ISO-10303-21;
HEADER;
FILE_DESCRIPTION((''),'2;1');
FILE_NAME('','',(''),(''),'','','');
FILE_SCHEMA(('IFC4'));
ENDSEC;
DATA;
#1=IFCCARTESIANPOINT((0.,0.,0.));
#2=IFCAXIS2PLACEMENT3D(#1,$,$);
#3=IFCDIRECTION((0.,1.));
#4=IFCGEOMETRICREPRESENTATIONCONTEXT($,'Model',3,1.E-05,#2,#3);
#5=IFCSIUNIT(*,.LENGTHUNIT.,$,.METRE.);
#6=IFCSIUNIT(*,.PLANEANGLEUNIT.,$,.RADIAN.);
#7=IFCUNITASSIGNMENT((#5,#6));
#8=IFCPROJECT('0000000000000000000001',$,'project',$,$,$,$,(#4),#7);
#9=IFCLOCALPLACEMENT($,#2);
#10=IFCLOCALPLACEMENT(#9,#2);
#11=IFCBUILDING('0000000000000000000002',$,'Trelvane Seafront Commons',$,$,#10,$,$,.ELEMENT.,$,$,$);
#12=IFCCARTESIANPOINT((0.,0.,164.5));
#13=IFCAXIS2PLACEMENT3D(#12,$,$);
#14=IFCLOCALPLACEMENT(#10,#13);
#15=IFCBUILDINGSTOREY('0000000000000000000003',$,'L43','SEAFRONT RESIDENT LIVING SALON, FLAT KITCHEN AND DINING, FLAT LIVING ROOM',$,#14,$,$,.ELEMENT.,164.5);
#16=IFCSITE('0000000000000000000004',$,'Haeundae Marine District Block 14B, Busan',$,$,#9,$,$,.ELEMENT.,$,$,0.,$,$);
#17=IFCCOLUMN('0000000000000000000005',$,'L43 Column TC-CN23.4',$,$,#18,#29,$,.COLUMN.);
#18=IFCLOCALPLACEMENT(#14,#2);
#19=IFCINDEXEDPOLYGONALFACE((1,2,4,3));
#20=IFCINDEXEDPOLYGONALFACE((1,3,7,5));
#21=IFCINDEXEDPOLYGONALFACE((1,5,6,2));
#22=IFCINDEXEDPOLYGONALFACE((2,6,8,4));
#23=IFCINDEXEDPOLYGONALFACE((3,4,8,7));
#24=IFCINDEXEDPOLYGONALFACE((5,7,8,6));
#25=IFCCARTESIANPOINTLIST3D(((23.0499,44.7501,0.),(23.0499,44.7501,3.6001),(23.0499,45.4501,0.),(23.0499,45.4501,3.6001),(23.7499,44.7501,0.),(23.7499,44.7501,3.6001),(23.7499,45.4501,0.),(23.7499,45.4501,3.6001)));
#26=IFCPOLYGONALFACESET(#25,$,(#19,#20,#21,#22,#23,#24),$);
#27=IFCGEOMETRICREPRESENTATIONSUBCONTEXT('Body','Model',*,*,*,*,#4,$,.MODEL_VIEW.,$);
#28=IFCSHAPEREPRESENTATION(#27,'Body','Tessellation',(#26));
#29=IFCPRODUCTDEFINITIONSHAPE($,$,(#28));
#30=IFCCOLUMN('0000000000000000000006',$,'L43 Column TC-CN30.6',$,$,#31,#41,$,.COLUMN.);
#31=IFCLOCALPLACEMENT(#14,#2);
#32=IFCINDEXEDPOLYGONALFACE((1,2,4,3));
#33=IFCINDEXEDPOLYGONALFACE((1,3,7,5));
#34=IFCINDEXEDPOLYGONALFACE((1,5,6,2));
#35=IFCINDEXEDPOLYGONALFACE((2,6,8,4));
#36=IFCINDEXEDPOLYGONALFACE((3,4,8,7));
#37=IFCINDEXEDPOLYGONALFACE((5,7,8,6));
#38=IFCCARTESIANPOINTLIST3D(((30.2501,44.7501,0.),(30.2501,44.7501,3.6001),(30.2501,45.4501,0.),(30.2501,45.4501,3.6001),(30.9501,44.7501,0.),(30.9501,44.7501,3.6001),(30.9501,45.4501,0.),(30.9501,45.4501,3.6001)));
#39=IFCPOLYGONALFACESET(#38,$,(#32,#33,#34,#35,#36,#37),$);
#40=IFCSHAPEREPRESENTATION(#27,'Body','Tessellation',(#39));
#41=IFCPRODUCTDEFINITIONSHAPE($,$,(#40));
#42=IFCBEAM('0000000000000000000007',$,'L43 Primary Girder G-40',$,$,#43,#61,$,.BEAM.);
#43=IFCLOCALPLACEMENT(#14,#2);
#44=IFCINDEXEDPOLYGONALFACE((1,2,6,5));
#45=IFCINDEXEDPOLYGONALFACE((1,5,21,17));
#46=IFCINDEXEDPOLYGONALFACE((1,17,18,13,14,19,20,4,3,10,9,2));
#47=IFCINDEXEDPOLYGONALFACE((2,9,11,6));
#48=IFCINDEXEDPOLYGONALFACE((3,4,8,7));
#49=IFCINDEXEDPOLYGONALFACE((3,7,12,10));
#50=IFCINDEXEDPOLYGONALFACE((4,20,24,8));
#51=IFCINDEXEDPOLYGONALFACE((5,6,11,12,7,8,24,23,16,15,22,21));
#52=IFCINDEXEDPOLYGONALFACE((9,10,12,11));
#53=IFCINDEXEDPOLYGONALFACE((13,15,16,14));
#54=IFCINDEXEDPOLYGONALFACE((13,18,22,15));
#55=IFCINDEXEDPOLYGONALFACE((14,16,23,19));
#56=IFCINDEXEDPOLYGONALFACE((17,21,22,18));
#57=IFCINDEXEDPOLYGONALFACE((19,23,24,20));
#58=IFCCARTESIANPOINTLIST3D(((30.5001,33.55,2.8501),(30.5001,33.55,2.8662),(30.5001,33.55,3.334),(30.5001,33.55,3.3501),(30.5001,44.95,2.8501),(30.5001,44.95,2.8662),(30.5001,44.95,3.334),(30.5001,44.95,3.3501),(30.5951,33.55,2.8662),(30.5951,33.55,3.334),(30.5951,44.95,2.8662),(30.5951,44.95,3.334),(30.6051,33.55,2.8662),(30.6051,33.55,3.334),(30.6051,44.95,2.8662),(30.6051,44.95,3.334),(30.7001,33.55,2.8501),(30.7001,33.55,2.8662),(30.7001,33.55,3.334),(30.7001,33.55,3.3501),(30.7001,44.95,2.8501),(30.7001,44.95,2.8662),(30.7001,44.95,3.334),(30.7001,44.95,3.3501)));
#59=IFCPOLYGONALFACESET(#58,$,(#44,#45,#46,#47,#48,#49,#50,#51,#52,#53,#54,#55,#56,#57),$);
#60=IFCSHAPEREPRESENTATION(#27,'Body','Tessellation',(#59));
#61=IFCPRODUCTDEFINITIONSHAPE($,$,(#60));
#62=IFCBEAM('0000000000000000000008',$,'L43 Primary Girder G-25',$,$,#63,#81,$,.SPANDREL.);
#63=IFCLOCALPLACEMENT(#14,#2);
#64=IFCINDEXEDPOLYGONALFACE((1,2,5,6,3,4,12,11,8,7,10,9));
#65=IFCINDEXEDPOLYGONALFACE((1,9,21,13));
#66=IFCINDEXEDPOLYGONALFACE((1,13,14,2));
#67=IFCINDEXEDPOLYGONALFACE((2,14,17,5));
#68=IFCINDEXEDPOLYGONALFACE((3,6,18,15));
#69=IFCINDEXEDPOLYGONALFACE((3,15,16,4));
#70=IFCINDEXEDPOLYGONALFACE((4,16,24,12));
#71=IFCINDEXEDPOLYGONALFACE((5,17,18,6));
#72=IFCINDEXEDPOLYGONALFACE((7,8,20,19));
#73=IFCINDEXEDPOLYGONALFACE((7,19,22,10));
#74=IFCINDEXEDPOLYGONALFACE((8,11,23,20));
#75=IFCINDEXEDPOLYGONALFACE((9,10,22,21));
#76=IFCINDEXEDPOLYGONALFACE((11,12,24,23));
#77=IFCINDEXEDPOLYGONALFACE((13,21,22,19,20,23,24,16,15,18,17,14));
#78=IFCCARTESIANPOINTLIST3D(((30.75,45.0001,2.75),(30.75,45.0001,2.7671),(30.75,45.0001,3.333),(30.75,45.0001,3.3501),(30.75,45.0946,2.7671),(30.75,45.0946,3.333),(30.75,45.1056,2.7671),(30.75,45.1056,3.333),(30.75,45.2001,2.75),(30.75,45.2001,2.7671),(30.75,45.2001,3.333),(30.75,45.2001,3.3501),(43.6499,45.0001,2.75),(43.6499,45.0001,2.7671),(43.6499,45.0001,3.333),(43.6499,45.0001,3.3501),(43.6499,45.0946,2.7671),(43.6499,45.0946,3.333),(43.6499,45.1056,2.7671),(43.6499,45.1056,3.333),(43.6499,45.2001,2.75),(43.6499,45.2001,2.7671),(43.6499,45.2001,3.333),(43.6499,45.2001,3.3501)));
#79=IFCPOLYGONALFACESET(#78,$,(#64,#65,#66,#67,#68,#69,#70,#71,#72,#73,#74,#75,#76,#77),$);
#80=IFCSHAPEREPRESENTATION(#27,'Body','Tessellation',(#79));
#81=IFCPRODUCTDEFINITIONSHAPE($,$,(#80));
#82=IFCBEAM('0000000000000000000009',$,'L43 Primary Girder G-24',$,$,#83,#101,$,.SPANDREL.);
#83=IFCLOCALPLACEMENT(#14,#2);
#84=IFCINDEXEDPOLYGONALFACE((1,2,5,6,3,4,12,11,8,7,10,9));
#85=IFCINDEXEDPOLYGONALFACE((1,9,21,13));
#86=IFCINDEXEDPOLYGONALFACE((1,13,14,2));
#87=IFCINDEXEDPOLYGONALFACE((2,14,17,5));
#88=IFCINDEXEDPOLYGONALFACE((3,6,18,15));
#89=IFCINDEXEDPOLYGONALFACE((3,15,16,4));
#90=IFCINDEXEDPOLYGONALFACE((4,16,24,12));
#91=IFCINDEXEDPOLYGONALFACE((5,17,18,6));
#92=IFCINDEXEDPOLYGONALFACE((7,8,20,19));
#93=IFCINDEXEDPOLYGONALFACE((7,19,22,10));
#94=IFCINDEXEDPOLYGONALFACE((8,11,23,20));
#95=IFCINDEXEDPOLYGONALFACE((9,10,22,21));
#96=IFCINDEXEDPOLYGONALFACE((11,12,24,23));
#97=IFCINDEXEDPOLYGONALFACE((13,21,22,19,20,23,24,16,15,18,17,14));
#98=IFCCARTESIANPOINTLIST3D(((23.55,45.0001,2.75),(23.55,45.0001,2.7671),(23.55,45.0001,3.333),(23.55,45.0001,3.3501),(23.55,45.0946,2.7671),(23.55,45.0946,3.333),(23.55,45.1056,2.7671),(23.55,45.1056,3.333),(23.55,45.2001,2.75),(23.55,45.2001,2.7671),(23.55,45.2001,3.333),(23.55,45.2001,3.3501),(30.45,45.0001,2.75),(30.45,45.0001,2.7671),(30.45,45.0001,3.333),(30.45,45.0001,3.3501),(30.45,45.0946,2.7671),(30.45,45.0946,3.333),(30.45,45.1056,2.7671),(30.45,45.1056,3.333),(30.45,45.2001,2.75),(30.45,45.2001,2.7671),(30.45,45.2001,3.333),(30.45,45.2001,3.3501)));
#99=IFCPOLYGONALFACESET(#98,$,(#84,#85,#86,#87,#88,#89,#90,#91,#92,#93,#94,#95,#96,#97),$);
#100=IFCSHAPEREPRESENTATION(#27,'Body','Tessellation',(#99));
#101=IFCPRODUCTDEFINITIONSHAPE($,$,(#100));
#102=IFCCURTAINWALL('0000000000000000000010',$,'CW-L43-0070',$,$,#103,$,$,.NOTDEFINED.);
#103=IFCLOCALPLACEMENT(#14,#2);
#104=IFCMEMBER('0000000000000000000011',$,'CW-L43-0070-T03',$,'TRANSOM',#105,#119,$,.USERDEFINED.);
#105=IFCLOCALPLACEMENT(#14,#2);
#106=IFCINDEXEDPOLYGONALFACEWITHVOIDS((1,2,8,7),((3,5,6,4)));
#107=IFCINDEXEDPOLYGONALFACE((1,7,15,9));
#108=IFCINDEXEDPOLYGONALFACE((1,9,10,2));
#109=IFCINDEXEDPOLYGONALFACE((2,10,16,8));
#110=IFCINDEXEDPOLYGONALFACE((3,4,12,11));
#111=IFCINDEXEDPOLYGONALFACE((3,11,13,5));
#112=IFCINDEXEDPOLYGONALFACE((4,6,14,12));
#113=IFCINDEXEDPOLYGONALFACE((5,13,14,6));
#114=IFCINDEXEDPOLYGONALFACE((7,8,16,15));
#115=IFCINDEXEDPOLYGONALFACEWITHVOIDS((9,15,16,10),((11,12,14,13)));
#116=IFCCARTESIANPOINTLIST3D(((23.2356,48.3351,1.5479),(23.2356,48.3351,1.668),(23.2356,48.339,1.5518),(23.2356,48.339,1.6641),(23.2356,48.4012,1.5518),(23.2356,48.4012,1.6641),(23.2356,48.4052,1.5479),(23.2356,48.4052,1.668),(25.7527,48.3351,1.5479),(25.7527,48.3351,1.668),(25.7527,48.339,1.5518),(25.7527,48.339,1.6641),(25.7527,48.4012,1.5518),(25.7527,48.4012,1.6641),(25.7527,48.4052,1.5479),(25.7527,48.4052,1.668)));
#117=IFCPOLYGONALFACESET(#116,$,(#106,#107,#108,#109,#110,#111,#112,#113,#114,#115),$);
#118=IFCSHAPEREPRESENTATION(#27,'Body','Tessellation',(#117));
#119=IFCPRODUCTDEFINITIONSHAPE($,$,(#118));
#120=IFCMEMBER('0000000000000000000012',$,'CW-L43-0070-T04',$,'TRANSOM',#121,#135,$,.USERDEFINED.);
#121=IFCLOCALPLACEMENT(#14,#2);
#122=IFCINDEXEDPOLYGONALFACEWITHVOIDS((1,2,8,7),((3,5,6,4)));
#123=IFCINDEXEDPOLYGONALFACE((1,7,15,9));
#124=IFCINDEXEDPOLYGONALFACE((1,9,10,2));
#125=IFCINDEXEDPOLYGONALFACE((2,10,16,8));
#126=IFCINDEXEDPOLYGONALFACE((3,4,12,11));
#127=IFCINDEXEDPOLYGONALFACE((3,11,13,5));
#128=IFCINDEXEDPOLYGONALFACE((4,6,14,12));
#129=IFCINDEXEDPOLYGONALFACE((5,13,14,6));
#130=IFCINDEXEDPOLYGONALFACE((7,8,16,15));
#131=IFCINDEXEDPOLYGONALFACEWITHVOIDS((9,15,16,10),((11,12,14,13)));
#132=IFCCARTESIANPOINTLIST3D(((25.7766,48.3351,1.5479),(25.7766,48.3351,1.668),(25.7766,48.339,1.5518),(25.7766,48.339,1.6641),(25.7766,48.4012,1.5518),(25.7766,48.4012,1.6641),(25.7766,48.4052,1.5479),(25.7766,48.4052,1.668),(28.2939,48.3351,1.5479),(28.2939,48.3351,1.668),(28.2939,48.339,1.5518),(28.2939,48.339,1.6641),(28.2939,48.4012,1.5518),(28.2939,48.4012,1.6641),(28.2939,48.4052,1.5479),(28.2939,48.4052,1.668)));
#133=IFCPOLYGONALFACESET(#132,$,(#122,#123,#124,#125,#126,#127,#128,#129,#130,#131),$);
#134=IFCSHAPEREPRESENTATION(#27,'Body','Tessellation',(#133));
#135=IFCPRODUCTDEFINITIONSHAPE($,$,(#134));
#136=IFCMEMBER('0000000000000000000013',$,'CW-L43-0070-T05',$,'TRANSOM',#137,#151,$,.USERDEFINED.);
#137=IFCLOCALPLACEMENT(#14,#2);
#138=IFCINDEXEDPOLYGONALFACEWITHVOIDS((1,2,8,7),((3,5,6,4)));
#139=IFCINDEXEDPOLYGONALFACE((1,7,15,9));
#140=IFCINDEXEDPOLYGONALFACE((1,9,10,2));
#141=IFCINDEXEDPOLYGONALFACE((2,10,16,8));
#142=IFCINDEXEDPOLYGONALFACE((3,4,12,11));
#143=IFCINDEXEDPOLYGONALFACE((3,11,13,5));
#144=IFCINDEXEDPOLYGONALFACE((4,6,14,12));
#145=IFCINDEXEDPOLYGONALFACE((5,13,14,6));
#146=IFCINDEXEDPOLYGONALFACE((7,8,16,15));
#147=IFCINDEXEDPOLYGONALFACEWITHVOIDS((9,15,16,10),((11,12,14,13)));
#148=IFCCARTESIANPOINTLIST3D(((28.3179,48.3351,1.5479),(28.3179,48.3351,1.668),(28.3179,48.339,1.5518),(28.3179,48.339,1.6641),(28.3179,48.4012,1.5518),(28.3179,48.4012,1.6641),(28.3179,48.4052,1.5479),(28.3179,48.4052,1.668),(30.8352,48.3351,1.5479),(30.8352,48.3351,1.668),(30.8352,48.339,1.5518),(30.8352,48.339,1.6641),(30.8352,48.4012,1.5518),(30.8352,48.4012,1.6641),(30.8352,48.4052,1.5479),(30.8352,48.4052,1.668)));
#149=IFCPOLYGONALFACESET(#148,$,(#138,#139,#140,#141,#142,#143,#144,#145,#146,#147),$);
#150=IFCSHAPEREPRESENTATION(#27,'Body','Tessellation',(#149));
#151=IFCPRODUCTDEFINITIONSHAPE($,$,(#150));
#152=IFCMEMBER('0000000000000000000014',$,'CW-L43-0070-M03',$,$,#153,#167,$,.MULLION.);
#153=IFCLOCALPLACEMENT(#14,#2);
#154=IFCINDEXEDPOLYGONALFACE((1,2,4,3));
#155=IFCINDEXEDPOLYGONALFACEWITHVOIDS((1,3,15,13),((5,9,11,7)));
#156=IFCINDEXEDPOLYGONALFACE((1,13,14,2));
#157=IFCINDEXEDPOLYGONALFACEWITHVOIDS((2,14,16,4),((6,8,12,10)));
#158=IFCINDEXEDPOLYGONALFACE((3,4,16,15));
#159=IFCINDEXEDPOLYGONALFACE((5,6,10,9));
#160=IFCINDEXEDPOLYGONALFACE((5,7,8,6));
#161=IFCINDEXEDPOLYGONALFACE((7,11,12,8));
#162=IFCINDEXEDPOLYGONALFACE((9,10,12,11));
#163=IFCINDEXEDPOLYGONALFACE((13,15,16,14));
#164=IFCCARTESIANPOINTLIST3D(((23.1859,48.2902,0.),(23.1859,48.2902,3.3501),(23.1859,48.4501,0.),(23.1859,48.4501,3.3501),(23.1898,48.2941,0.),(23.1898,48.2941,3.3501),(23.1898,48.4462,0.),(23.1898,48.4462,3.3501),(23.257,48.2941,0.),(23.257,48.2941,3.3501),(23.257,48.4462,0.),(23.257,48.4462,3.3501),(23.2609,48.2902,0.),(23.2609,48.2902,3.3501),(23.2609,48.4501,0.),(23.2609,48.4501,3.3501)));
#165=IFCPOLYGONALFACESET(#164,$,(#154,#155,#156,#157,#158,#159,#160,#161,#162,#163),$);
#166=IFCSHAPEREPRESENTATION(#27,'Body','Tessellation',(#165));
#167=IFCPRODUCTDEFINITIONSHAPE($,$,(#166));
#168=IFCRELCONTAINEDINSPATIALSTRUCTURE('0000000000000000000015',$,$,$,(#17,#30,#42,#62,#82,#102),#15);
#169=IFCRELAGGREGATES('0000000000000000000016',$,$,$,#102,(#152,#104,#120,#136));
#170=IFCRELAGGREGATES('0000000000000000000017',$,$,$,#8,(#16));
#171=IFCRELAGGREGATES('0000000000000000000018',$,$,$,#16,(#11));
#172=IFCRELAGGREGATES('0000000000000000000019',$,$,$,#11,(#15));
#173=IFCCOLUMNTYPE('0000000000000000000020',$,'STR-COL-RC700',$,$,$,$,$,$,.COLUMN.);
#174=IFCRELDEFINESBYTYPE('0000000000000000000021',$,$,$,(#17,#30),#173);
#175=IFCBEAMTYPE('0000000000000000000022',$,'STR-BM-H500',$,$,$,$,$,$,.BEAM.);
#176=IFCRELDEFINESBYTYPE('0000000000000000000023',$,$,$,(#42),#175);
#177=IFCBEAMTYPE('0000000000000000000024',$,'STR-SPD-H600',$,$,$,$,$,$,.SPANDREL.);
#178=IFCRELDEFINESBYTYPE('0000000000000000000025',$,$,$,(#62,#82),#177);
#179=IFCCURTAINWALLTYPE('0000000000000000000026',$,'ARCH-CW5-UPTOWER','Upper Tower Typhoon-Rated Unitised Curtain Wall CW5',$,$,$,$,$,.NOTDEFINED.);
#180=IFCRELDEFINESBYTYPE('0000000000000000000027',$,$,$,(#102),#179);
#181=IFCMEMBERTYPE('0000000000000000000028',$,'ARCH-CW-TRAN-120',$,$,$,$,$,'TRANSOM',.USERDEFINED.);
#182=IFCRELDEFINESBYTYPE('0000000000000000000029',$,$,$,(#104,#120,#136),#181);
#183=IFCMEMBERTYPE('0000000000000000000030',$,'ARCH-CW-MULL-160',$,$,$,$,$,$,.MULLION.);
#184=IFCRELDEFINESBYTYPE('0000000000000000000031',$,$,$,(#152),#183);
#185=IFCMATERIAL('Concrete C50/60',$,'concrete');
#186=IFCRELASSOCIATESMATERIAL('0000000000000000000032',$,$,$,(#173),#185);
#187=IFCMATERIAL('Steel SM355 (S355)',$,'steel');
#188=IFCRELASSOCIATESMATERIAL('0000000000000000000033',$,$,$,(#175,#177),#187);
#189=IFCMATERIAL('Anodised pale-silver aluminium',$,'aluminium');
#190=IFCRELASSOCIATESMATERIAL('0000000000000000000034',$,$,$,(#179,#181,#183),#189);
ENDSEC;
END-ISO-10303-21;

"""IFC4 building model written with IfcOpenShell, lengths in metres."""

from ifc_helpers import new_model, si_unit, direction, frame, origin, origin_2d, place, context, subcontext, project, spatial, rectangle, hollow_rectangle, i_section, extrude, source, transform, mapped, material, material_profile, profile_set, type_object, element, aggregate, save


model = new_model("IFC4")

# Units and contexts
model_context = context("Model", 3, precision=1e-05, world=origin(), true_north=direction((0.0, 1.0)))
body_context = subcontext(model_context, "Body", "Model", "MODEL_VIEW")
ifc_project = project(units=[si_unit("LENGTHUNIT", "METRE"), si_unit("PLANEANGLEUNIT", "RADIAN")], contexts=[model_context])

# Site, building, storey
site_placement = place(None, origin())
site = spatial("IfcSite", under=ifc_project, at=site_placement, Name="Haeundae Marine District Block 14B, Busan", CompositionType="ELEMENT", RefElevation=0.0)
building_placement = place(site_placement, origin())
building = spatial("IfcBuilding", under=site, at=building_placement, Name="Trelvane Seafront Commons", CompositionType="ELEMENT")
storey_placement = place(building_placement, frame((0.0, 0.0, 164.5)))
storey = spatial("IfcBuildingStorey", under=building, at=storey_placement, Name="L43", Description="SEAFRONT RESIDENT LIVING SALON, FLAT KITCHEN AND DINING, FLAT LIVING ROOM", CompositionType="ELEMENT", Elevation=164.5)

# Columns
ifc_material_1 = material(Name="Concrete C50/60", Category="concrete")
ifc_material_profile_1 = material_profile(ifc_material_1, rectangle(XDim=0.7, YDim=0.7, at=origin_2d()), Name="RC-700x700")
ifc_profile_set_1 = profile_set([ifc_material_profile_1], Name="Concrete C50/60")
column_type = type_object("IfcColumnType", Name="STR-COL-RC700", PredefinedType="COLUMN", material=ifc_profile_set_1)
shared_shape_1 = source(origin(), body_context, "Body", "SweptSolid", [
    extrude(rectangle(XDim=0.7, YDim=0.7, at=origin_2d()), origin(), (0.0, 0.0, 1.0), 3.6001),
])
for number, where, z_axis, x_axis, name in (
    (1, (23.3999, 45.1001, 0.0), (0.0, 0.0, 1.0), (1.0, 0.0, 0.0), "L43 Column TC-CN23.4"),
    (2, (30.6001, 45.1001, 0.0), (0.0, 0.0, 1.0), (1.0, 0.0, 0.0), "L43 Column TC-CN30.6"),
):
    element("IfcColumn", number, at=place(storey_placement, frame(where, z_axis=z_axis, x_axis=x_axis)), inside=storey, type_object=column_type, Name=name, PredefinedType="COLUMN", context=body_context, shape_type="MappedRepresentation", body=[
        mapped(shared_shape_1, transform((0.0, 0.0, 0.0), x_axis=(1.0, 0.0, 0.0), y_axis=(0.0, 1.0, 0.0), z_axis=(0.0, 0.0, 1.0), scale=1.0)),
    ])

# Beams
ifc_material_2 = material(Name="Steel SM355 (S355)", Category="steel")
ifc_material_profile_2 = material_profile(ifc_material_2, i_section(OverallWidth=0.2, OverallDepth=0.5, WebThickness=0.01, FlangeThickness=0.0161, at=origin_2d()), Name="H-500x200x10x16")
ifc_profile_set_2 = profile_set([ifc_material_profile_2], Name="Steel SM355 (S355)")
beam_type_1 = type_object("IfcBeamType", Name="STR-BM-H500", PredefinedType="BEAM", material=ifc_profile_set_2)
shared_shape_2 = source(origin(), body_context, "Body", "SweptSolid", [
    extrude(i_section(OverallWidth=0.2, OverallDepth=0.5, WebThickness=0.01, FlangeThickness=0.0161, at=origin_2d()), origin(), (0.0, 0.0, 1.0), 11.3999),
])
beam_1_placement = place(storey_placement, frame((30.6001, 33.55, 3.1001), z_axis=(0.0, 1.0, 0.0), x_axis=(-1.0, 0.0, 0.0)))
element("IfcBeam", 3, at=beam_1_placement, inside=storey, type_object=beam_type_1, Name="L43 Primary Girder G-40", PredefinedType="BEAM", context=body_context, shape_type="MappedRepresentation", body=[
    mapped(shared_shape_2, transform((0.0, 0.0, 0.0), x_axis=(1.0, 0.0, 0.0), y_axis=(0.0, 1.0, 0.0), z_axis=(0.0, 0.0, 1.0), scale=1.0)),
])
ifc_material_profile_3 = material_profile(ifc_material_2, i_section(OverallWidth=0.2, OverallDepth=0.6001, WebThickness=0.011, FlangeThickness=0.0171, at=origin_2d()), Name="H-600x200x11x17")
ifc_profile_set_3 = profile_set([ifc_material_profile_3], Name="Steel SM355 (S355)")
beam_type_2 = type_object("IfcBeamType", Name="STR-SPD-H600", PredefinedType="SPANDREL", material=ifc_profile_set_3)
shared_shape_3 = source(origin(), body_context, "Body", "SweptSolid", [
    extrude(i_section(OverallWidth=0.2, OverallDepth=0.6001, WebThickness=0.011, FlangeThickness=0.0171, at=origin_2d()), origin(), (0.0, 0.0, 1.0), 12.8999),
])
beam_2_placement = place(storey_placement, frame((30.75, 45.1001, 3.05), z_axis=(1.0, 0.0, 0.0), x_axis=(0.0, 1.0, 0.0)))
element("IfcBeam", 4, at=beam_2_placement, inside=storey, type_object=beam_type_2, Name="L43 Primary Girder G-25", PredefinedType="SPANDREL", context=body_context, shape_type="MappedRepresentation", body=[
    mapped(shared_shape_3, transform((0.0, 0.0, 0.0), x_axis=(1.0, 0.0, 0.0), y_axis=(0.0, 1.0, 0.0), z_axis=(0.0, 0.0, 1.0), scale=1.0)),
])
shared_shape_4 = source(origin(), body_context, "Body", "SweptSolid", [
    extrude(i_section(OverallWidth=0.2, OverallDepth=0.6001, WebThickness=0.011, FlangeThickness=0.0171, at=origin_2d()), origin(), (0.0, 0.0, 1.0), 6.8999),
])
beam_3_placement = place(storey_placement, frame((23.55, 45.1001, 3.05), z_axis=(1.0, 0.0, 0.0), x_axis=(0.0, 1.0, 0.0)))
element("IfcBeam", 5, at=beam_3_placement, inside=storey, type_object=beam_type_2, Name="L43 Primary Girder G-24", PredefinedType="SPANDREL", context=body_context, shape_type="MappedRepresentation", body=[
    mapped(shared_shape_4, transform((0.0, 0.0, 0.0), x_axis=(1.0, 0.0, 0.0), y_axis=(0.0, 1.0, 0.0), z_axis=(0.0, 0.0, 1.0), scale=1.0)),
])

# Curtain wall, members
ifc_material_3 = material(Name="Anodised pale-silver aluminium", Category="aluminium")
curtain_wall_type = type_object("IfcCurtainWallType", Name="ARCH-CW5-UPTOWER", Description="Upper Tower Typhoon-Rated Unitised Curtain Wall CW5", PredefinedType="NOTDEFINED", material=ifc_material_3)
curtain_wall_placement = place(storey_placement, origin())
curtain_wall = element("IfcCurtainWall", 6, at=curtain_wall_placement, inside=storey, type_object=curtain_wall_type, Name="CW-L43-0070", PredefinedType="NOTDEFINED")
ifc_material_profile_4 = material_profile(ifc_material_3, hollow_rectangle(XDim=0.0701, YDim=0.1201, WallThickness=0.0039, at=origin_2d()), Name="TRAN-70x120x4")
ifc_profile_set_4 = profile_set([ifc_material_profile_4], Name="Anodised pale-silver aluminium")
member_type_1 = type_object("IfcMemberType", Name="ARCH-CW-TRAN-120", ElementType="TRANSOM", PredefinedType="USERDEFINED", material=ifc_profile_set_4)
shared_shape_5 = source(origin(), body_context, "Body", "SweptSolid", [
    extrude(hollow_rectangle(XDim=0.0701, YDim=0.1201, WallThickness=0.0039, at=origin_2d()), origin(), (0.0, 0.0, 1.0), 2.5171),
])
member_1_placement = place(storey_placement, frame((23.2356, 48.3701, 1.6079), z_axis=(1.0, 0.0, 0.0), x_axis=(0.0, 1.0, 0.0)))
member_1 = element("IfcMember", 7, at=member_1_placement, type_object=member_type_1, Name="CW-L43-0070-T03", ObjectType="TRANSOM", PredefinedType="USERDEFINED", context=body_context, shape_type="MappedRepresentation", body=[
    mapped(shared_shape_5, transform((0.0, 0.0, 0.0), x_axis=(1.0, 0.0, 0.0), y_axis=(0.0, 1.0, 0.0), z_axis=(0.0, 0.0, 1.0), scale=1.0)),
])
shared_shape_6 = source(origin(), body_context, "Body", "SweptSolid", [
    extrude(hollow_rectangle(XDim=0.0701, YDim=0.1201, WallThickness=0.0039, at=origin_2d()), origin(), (0.0, 0.0, 1.0), 2.5173),
])
member_2_placement = place(storey_placement, frame((25.7766, 48.3701, 1.6079), z_axis=(1.0, 0.0, 0.0), x_axis=(0.0, 1.0, 0.0)))
member_2 = element("IfcMember", 8, at=member_2_placement, type_object=member_type_1, Name="CW-L43-0070-T04", ObjectType="TRANSOM", PredefinedType="USERDEFINED", context=body_context, shape_type="MappedRepresentation", body=[
    mapped(shared_shape_6, transform((0.0, 0.0, 0.0), x_axis=(1.0, 0.0, 0.0), y_axis=(0.0, 1.0, 0.0), z_axis=(0.0, 0.0, 1.0), scale=1.0)),
])
member_3_placement = place(storey_placement, frame((28.3179, 48.3701, 1.6079), z_axis=(1.0, 0.0, 0.0), x_axis=(0.0, 1.0, 0.0)))
member_3 = element("IfcMember", 9, at=member_3_placement, type_object=member_type_1, Name="CW-L43-0070-T05", ObjectType="TRANSOM", PredefinedType="USERDEFINED", context=body_context, shape_type="MappedRepresentation", body=[
    mapped(shared_shape_6, transform((0.0, 0.0, 0.0), x_axis=(1.0, 0.0, 0.0), y_axis=(0.0, 1.0, 0.0), z_axis=(0.0, 0.0, 1.0), scale=1.0)),
])
ifc_material_profile_5 = material_profile(ifc_material_3, hollow_rectangle(XDim=0.075, YDim=0.1599, WallThickness=0.0039, at=origin_2d()), Name="MULL-75x160x4")
ifc_profile_set_5 = profile_set([ifc_material_profile_5], Name="Anodised pale-silver aluminium")
member_type_2 = type_object("IfcMemberType", Name="ARCH-CW-MULL-160", PredefinedType="MULLION", material=ifc_profile_set_5)
shared_shape_7 = source(origin(), body_context, "Body", "SweptSolid", [
    extrude(hollow_rectangle(XDim=0.075, YDim=0.1599, WallThickness=0.0039, at=origin_2d()), origin(), (0.0, 0.0, 1.0), 3.3501),
])
member_4_placement = place(storey_placement, frame((23.2234, 48.3701, 0.0), z_axis=(0.0, 0.0, 1.0), x_axis=(1.0, 0.0, 0.0)))
member_4 = element("IfcMember", 10, at=member_4_placement, type_object=member_type_2, Name="CW-L43-0070-M03", PredefinedType="MULLION", context=body_context, shape_type="MappedRepresentation", body=[
    mapped(shared_shape_7, transform((0.0, 0.0, 0.0), x_axis=(1.0, 0.0, 0.0), y_axis=(0.0, 1.0, 0.0), z_axis=(0.0, 0.0, 1.0), scale=1.0)),
])
aggregate(curtain_wall, [member_4, member_1, member_2, member_3])

save(model, "model.ifc")
